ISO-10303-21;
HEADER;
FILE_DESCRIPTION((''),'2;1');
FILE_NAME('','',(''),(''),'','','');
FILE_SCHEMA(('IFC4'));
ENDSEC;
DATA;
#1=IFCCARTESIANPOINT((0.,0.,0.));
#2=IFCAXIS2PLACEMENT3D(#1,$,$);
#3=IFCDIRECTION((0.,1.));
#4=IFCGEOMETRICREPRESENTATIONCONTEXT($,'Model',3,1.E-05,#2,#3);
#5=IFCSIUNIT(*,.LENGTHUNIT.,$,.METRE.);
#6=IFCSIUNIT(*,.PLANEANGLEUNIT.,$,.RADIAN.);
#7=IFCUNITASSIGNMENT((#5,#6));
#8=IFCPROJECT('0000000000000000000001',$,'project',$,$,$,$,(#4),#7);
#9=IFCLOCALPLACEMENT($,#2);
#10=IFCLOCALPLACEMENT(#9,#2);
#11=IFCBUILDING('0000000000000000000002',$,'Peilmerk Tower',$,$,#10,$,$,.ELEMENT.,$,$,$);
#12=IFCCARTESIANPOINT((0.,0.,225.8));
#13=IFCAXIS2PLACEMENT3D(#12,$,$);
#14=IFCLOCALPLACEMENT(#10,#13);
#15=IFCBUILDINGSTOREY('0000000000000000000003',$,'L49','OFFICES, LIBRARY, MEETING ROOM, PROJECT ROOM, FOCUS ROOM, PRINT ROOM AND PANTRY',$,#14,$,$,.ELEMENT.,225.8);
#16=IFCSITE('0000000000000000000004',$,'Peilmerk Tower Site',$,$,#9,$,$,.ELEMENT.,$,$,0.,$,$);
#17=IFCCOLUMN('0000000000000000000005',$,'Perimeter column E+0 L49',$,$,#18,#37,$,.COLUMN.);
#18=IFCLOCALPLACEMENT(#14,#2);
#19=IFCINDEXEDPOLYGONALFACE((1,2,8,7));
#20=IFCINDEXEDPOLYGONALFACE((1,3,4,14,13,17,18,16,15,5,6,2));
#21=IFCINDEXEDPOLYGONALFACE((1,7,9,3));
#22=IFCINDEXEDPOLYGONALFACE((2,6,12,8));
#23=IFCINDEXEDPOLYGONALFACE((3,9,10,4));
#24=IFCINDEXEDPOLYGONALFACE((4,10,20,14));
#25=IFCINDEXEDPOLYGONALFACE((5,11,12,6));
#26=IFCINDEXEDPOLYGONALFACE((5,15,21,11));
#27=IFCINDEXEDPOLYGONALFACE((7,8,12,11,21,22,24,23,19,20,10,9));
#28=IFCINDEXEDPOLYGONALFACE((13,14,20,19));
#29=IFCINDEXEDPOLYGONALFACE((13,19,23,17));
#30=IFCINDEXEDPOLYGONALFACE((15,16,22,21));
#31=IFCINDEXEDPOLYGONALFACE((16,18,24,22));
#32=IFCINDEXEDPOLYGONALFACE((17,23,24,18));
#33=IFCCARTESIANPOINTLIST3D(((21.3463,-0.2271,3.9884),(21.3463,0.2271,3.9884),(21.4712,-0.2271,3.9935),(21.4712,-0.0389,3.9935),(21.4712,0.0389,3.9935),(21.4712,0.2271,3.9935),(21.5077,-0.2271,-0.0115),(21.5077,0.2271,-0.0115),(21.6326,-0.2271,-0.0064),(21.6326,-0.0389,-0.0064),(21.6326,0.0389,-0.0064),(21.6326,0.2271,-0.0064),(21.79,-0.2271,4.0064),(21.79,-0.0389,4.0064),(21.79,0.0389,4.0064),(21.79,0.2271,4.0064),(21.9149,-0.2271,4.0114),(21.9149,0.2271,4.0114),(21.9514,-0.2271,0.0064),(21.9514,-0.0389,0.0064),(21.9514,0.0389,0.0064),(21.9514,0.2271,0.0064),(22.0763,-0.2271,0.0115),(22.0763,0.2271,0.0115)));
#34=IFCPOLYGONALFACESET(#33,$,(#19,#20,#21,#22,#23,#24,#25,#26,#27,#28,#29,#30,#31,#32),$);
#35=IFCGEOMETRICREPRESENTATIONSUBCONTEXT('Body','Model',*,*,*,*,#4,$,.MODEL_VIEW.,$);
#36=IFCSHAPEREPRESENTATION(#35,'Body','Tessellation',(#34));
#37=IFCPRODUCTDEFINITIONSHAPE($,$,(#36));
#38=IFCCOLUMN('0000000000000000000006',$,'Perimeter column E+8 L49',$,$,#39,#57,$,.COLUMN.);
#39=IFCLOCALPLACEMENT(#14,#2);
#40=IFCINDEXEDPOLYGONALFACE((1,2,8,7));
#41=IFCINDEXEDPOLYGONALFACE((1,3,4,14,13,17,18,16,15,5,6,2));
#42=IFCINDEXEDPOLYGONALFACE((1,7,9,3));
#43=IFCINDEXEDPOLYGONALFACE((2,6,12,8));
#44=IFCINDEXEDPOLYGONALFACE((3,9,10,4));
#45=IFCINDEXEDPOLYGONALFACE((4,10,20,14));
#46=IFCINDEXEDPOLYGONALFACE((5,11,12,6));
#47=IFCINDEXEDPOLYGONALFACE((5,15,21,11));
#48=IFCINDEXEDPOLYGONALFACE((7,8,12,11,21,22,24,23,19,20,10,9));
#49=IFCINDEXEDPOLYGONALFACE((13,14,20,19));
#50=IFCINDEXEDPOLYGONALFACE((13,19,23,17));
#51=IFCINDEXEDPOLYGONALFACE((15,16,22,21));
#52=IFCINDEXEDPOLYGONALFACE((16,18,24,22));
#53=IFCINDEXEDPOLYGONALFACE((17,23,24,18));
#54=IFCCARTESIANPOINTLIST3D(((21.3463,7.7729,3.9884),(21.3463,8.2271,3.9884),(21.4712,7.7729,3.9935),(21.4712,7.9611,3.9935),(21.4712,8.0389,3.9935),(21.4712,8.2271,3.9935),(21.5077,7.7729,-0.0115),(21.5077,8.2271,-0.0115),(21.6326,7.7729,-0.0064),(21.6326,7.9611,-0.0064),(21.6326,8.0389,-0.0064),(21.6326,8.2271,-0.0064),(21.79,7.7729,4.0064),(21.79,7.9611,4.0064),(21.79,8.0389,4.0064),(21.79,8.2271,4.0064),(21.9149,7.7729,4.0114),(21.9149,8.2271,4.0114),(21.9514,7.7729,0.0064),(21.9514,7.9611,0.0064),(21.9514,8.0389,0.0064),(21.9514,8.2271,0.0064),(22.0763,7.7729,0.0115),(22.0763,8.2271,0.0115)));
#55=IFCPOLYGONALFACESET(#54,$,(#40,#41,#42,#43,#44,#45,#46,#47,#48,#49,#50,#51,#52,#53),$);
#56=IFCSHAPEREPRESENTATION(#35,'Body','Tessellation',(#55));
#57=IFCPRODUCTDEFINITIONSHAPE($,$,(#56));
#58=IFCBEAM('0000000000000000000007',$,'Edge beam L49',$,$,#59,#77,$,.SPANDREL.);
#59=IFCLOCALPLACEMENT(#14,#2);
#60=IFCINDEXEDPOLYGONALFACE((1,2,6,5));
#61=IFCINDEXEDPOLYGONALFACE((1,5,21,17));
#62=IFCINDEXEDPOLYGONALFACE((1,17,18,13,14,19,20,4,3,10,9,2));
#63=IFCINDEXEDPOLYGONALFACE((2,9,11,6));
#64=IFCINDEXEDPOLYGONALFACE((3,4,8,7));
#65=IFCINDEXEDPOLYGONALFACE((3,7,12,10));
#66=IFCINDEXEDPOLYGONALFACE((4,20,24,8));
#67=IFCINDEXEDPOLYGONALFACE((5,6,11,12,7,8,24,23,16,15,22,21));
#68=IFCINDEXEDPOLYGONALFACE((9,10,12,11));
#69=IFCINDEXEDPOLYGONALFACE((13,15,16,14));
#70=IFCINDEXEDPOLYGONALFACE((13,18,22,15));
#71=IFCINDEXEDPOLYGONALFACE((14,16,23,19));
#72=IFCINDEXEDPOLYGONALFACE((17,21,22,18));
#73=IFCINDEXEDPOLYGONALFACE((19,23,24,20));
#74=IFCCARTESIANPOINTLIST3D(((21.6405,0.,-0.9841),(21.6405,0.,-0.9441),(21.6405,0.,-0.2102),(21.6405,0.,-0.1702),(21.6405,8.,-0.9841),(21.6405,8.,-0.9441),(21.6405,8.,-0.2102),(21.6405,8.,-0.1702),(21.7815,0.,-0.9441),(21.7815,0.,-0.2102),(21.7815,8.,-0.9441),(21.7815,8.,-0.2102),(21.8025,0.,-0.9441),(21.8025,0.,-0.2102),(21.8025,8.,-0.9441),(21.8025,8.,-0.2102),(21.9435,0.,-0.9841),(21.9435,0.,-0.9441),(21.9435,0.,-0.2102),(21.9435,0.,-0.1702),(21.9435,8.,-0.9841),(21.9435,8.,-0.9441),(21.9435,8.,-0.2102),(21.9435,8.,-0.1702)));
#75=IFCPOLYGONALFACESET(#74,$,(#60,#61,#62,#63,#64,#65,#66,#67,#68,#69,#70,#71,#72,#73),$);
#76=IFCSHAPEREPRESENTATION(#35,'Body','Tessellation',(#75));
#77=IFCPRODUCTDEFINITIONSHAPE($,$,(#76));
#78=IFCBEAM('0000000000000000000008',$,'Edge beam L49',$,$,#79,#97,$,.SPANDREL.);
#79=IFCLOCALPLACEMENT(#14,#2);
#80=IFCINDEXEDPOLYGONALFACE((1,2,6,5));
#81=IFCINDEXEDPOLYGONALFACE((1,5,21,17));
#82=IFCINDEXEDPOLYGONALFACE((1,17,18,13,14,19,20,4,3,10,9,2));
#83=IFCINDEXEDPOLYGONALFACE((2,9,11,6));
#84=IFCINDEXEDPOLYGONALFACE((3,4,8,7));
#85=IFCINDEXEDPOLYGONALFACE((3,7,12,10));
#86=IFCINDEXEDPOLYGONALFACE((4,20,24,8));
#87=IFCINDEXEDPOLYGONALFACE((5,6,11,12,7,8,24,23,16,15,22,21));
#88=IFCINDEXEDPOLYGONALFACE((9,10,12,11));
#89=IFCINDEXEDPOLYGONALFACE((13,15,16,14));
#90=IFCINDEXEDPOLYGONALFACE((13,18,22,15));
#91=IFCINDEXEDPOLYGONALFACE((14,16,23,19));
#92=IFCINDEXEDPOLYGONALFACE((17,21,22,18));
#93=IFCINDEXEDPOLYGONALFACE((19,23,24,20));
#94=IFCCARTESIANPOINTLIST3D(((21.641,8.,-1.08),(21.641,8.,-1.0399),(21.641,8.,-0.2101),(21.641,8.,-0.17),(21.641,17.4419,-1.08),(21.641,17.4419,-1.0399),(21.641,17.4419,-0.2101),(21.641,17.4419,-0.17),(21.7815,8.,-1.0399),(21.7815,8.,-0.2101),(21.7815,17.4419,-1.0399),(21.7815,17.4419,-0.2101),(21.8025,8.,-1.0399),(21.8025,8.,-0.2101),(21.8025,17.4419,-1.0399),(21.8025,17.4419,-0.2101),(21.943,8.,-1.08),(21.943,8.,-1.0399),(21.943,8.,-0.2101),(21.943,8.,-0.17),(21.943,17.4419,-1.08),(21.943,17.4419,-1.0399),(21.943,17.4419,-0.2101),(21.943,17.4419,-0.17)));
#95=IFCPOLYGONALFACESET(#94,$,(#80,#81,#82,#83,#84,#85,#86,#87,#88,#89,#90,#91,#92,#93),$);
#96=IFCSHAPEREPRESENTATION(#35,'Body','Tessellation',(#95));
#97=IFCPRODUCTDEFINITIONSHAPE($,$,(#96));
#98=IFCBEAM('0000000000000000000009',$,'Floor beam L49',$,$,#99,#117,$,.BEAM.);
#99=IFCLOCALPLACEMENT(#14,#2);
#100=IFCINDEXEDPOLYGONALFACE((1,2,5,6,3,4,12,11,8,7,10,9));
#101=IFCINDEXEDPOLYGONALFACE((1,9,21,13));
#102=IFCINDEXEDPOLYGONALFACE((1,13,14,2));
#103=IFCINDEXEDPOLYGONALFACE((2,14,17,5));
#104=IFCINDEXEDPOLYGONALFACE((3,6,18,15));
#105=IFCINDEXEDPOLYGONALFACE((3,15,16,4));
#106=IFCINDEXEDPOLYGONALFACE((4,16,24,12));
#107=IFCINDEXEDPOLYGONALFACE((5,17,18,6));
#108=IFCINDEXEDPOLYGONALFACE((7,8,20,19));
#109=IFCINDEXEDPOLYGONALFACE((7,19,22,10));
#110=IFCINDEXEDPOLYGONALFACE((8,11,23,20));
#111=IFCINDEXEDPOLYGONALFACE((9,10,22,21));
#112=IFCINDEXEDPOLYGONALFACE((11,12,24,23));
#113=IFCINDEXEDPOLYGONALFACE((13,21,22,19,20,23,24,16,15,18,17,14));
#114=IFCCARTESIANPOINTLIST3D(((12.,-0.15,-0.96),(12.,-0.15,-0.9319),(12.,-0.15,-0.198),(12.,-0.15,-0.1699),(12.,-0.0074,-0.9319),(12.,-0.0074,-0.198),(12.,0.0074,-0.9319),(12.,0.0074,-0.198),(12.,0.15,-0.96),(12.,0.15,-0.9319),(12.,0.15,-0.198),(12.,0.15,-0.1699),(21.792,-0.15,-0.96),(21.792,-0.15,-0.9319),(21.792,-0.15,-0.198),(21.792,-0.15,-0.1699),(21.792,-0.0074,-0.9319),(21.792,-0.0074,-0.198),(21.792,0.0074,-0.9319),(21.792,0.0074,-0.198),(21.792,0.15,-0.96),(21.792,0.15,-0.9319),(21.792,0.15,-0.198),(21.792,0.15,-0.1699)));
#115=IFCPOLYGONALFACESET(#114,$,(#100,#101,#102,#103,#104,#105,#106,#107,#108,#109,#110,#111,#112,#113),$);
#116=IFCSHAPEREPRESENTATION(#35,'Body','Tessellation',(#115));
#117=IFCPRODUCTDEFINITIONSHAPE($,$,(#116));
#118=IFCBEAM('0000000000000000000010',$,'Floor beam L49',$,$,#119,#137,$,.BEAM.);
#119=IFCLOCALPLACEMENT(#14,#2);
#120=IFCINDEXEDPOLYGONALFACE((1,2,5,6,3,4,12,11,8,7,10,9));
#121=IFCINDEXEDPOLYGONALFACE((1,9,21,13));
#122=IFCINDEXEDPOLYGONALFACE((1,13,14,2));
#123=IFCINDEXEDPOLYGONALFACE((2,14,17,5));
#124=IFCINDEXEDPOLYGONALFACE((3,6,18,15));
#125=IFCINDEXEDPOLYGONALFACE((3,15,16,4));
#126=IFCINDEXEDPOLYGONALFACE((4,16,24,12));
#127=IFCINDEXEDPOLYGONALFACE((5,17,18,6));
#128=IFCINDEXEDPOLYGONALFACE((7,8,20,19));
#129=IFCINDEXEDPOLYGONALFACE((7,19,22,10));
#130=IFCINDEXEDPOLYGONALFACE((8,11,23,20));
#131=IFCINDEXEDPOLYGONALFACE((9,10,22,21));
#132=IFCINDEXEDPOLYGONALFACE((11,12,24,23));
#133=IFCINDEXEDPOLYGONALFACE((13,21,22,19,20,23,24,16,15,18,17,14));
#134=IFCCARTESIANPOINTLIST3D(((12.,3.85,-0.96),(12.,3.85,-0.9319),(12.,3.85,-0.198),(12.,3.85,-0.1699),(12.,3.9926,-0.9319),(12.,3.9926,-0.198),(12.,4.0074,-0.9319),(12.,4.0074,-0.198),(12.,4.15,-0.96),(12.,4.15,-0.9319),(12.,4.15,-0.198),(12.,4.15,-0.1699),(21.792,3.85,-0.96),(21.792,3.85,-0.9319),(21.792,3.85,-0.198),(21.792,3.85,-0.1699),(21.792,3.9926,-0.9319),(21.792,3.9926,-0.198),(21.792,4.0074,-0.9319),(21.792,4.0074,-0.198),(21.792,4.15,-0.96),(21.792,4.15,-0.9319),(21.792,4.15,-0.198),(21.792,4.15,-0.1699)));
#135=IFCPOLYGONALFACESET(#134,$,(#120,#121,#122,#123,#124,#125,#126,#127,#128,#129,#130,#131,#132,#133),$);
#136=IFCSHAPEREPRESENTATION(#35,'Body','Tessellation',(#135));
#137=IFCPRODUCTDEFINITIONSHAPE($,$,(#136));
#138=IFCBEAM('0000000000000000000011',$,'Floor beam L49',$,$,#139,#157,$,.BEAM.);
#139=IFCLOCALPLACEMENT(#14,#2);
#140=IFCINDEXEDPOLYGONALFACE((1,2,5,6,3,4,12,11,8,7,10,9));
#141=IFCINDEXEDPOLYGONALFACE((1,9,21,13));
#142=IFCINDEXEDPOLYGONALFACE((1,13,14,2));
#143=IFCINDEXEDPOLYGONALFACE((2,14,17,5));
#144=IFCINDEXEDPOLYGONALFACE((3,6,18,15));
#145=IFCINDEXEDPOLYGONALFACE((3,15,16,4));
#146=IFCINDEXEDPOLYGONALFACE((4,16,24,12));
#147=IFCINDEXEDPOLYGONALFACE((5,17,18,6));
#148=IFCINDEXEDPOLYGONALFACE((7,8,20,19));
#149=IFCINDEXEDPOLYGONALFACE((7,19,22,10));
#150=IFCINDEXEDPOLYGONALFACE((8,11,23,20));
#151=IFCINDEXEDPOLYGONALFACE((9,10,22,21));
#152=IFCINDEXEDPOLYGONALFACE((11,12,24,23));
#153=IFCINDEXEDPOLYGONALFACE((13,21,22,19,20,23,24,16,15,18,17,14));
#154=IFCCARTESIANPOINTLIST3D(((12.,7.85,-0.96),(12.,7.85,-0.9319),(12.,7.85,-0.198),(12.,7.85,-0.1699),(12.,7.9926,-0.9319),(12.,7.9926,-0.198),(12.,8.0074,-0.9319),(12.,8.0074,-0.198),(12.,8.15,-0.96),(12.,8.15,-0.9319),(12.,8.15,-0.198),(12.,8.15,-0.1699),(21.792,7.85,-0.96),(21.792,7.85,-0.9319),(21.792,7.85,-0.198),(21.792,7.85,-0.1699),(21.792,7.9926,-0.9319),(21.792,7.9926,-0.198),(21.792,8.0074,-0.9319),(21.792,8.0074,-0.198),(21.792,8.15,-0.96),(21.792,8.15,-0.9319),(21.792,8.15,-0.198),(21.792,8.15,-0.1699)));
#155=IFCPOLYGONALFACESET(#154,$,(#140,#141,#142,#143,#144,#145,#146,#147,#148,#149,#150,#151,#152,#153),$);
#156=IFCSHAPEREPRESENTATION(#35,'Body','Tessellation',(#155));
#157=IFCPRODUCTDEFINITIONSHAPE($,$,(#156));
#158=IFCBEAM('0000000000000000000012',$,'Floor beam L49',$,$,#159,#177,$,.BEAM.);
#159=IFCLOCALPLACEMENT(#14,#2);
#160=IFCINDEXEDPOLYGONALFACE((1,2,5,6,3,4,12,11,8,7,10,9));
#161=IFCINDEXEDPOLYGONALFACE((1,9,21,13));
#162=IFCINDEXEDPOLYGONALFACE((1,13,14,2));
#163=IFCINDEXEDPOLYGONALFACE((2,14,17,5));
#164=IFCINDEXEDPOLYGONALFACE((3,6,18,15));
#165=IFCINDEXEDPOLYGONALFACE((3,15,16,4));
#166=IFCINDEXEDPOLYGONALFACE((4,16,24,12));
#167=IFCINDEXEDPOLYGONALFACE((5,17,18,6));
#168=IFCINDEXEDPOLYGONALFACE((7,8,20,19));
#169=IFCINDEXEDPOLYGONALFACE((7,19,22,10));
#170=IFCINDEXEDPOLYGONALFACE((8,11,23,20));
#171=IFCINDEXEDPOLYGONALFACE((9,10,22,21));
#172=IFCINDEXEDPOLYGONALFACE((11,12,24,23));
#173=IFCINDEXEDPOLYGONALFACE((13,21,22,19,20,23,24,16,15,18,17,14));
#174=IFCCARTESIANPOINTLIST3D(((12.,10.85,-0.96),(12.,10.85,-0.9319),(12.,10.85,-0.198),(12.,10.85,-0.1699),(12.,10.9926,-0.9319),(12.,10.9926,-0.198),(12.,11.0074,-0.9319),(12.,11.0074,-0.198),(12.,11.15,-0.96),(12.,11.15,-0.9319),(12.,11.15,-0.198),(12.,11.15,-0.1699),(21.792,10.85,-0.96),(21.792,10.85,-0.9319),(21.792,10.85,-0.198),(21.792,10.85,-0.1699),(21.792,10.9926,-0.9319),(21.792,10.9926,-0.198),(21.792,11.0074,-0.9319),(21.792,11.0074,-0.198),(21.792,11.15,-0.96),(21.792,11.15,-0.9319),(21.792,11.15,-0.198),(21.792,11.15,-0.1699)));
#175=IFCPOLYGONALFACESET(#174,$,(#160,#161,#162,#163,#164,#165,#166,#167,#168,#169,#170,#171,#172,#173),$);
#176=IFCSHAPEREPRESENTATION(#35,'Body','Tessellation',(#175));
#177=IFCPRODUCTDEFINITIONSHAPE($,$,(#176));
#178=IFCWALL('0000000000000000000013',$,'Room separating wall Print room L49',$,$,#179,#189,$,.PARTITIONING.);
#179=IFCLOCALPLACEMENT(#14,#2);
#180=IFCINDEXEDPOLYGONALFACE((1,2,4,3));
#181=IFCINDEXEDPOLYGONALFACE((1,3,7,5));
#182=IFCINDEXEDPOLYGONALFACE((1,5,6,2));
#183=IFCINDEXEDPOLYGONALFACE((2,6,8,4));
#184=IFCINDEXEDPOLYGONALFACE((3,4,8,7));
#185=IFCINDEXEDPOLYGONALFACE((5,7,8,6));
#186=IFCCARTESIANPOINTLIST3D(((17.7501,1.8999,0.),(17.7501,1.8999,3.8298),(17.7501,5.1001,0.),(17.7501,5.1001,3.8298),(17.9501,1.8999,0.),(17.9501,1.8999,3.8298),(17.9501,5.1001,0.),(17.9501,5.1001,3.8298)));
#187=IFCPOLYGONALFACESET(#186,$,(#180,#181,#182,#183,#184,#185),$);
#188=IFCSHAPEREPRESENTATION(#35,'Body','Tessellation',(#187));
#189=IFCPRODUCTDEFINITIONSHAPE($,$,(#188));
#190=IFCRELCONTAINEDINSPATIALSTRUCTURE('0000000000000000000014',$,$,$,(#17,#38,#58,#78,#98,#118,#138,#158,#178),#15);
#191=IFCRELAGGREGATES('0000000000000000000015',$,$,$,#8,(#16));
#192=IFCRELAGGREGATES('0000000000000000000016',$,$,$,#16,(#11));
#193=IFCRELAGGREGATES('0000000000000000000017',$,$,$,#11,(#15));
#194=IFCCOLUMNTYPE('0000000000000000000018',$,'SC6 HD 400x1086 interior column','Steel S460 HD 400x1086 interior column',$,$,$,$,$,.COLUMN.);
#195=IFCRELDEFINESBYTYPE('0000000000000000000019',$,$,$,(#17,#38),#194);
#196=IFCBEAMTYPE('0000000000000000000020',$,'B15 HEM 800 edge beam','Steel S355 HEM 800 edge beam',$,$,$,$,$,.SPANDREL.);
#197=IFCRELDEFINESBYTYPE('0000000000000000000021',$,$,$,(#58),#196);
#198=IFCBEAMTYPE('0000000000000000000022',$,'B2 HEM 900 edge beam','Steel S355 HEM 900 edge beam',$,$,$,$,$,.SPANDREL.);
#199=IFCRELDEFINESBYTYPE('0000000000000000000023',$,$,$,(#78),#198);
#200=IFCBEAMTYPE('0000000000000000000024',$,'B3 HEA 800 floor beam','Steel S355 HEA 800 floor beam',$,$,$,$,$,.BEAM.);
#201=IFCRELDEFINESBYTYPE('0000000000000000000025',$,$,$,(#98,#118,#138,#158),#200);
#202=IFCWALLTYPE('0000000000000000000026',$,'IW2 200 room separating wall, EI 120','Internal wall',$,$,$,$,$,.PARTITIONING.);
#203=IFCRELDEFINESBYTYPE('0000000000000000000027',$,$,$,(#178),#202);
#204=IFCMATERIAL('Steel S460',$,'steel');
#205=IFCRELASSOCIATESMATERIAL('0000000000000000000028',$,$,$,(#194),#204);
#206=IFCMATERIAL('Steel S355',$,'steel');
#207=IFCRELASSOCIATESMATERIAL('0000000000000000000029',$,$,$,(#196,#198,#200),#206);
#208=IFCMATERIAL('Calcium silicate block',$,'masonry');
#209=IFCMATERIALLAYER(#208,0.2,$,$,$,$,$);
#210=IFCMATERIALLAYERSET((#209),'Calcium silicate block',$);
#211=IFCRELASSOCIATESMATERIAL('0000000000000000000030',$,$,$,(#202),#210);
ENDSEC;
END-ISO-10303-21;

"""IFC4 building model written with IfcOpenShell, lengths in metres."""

from ifc_helpers import new_model, si_unit, direction, frame, frame_2d, origin, origin_2d, place, context, subcontext, project, spatial, rectangle, i_section, extrude, material, layer, layer_set, material_profile, profile_set, type_object, element, save


model = new_model("IFC4")

# Units and contexts
model_context = context("Model", 3, precision=1e-05, world=origin(), true_north=direction((0.0, 1.0)))
body_context = subcontext(model_context, "Body", "Model", "MODEL_VIEW")
ifc_project = project(units=[si_unit("LENGTHUNIT", "METRE"), si_unit("PLANEANGLEUNIT", "RADIAN")], contexts=[model_context])

# Site, building, storey
site_placement = place(None, origin())
site = spatial("IfcSite", under=ifc_project, at=site_placement, Name="Peilmerk Tower Site", CompositionType="ELEMENT", RefElevation=0.0)
building_placement = place(site_placement, origin())
building = spatial("IfcBuilding", under=site, at=building_placement, Name="Peilmerk Tower", CompositionType="ELEMENT")
storey_placement = place(building_placement, frame((0.0, 0.0, 225.8)))
storey = spatial("IfcBuildingStorey", under=building, at=storey_placement, Name="L49", Description="OFFICES, LIBRARY, MEETING ROOM, PROJECT ROOM, FOCUS ROOM, PRINT ROOM AND PANTRY", CompositionType="ELEMENT", Elevation=225.8)

# Columns
ifc_material_1 = material(Name="Steel S460", Category="steel")
ifc_material_profile_1 = material_profile(ifc_material_1, i_section(OverallWidth=0.4541, OverallDepth=0.5691, WebThickness=0.0779, FlangeThickness=0.125, at=origin_2d()), Name="HD 400x1086")
ifc_profile_set_1 = profile_set([ifc_material_profile_1], Name="Steel S460")
column_type = type_object("IfcColumnType", Name="SC6 HD 400x1086 interior column", Description="Steel S460 HD 400x1086 interior column", PredefinedType="COLUMN", material=ifc_profile_set_1)
for number, where, z_axis, x_axis, name in (
    (1, (21.792, 0.0, 0.0), (-0.040311, 0.0, 0.999187), (0.0, -1.0, 0.0), "Perimeter column E+0 L49"),
    (2, (21.792, 8.0, 0.0), (-0.040311, 0.0, 0.999187), (0.0, -1.0, 0.0), "Perimeter column E+8 L49"),
):
    element("IfcColumn", number, at=place(storey_placement, frame(where, z_axis=z_axis, x_axis=x_axis)), inside=storey, type_object=column_type, Name=name, PredefinedType="COLUMN", context=body_context, shape_type="SweptSolid", body=[
        extrude(i_section(OverallWidth=0.4541, OverallDepth=0.5691, WebThickness=0.0779, FlangeThickness=0.125, at=origin_2d()), origin(), (0.0, 0.0, 1.0), 4.0032),
    ])

# Beams
ifc_material_2 = material(Name="Steel S355", Category="steel")
ifc_material_profile_2 = material_profile(ifc_material_2, i_section(OverallWidth=0.303, OverallDepth=0.814, WebThickness=0.021, FlangeThickness=0.04, at=origin_2d()), Name="HEM 800")
ifc_profile_set_2 = profile_set([ifc_material_profile_2], Name="Steel S355")
beam_type_1 = type_object("IfcBeamType", Name="B15 HEM 800 edge beam", Description="Steel S355 HEM 800 edge beam", PredefinedType="SPANDREL", material=ifc_profile_set_2)
beam_1_placement = place(storey_placement, frame((21.792, 0.0, -0.5771), z_axis=(0.0, 1.0, 0.0), x_axis=(-1.0, 0.0, 0.0)))
element("IfcBeam", 3, at=beam_1_placement, inside=storey, type_object=beam_type_1, Name="Edge beam L49", PredefinedType="SPANDREL", context=body_context, shape_type="SweptSolid", body=[
    extrude(i_section(OverallWidth=0.303, OverallDepth=0.814, WebThickness=0.021, FlangeThickness=0.04, at=origin_2d()), origin(), (0.0, 0.0, 1.0), 8.0),
])
ifc_material_profile_3 = material_profile(ifc_material_2, i_section(OverallWidth=0.302, OverallDepth=0.9099, WebThickness=0.021, FlangeThickness=0.04, at=origin_2d()), Name="HEM 900")
ifc_profile_set_3 = profile_set([ifc_material_profile_3], Name="Steel S355")
beam_type_2 = type_object("IfcBeamType", Name="B2 HEM 900 edge beam", Description="Steel S355 HEM 900 edge beam", PredefinedType="SPANDREL", material=ifc_profile_set_3)
beam_2_placement = place(storey_placement, frame((21.792, 8.0, -0.625), z_axis=(0.0, 1.0, 0.0), x_axis=(-1.0, 0.0, 0.0)))
element("IfcBeam", 4, at=beam_2_placement, inside=storey, type_object=beam_type_2, Name="Edge beam L49", PredefinedType="SPANDREL", context=body_context, shape_type="SweptSolid", body=[
    extrude(i_section(OverallWidth=0.302, OverallDepth=0.9099, WebThickness=0.021, FlangeThickness=0.04, at=origin_2d()), origin(), (0.0, 0.0, 1.0), 9.4419),
])
ifc_material_profile_4 = material_profile(ifc_material_2, i_section(OverallWidth=0.3, OverallDepth=0.79, WebThickness=0.0149, FlangeThickness=0.0281, at=origin_2d()), Name="HEA 800")
ifc_profile_set_4 = profile_set([ifc_material_profile_4], Name="Steel S355")
beam_type_3 = type_object("IfcBeamType", Name="B3 HEA 800 floor beam", Description="Steel S355 HEA 800 floor beam", PredefinedType="BEAM", material=ifc_profile_set_4)
for number, where, z_axis, x_axis, name in (
    (5, (12.0, 0.0, -0.5649), (1.0, 0.0, 0.0), (0.0, 1.0, 0.0), "Floor beam L49"),
    (6, (12.0, 4.0, -0.5649), (1.0, 0.0, 0.0), (0.0, 1.0, 0.0), "Floor beam L49"),
    (7, (12.0, 8.0, -0.5649), (1.0, 0.0, 0.0), (0.0, 1.0, 0.0), "Floor beam L49"),
    (8, (12.0, 11.0, -0.5649), (1.0, 0.0, 0.0), (0.0, 1.0, 0.0), "Floor beam L49"),
):
    element("IfcBeam", number, at=place(storey_placement, frame(where, z_axis=z_axis, x_axis=x_axis)), inside=storey, type_object=beam_type_3, Name=name, PredefinedType="BEAM", context=body_context, shape_type="SweptSolid", body=[
        extrude(i_section(OverallWidth=0.3, OverallDepth=0.79, WebThickness=0.0149, FlangeThickness=0.0281, at=origin_2d()), origin(), (0.0, 0.0, 1.0), 9.792),
    ])

# Wall
ifc_material_3 = material(Name="Calcium silicate block", Category="masonry")
ifc_layer_1 = layer(ifc_material_3, 0.2)
ifc_layer_set_1 = layer_set([ifc_layer_1], Name="Calcium silicate block")
wall_type_1 = type_object("IfcWallType", Name="IW2 200 room separating wall, EI 120", Description="Internal wall", PredefinedType="PARTITIONING", material=ifc_layer_set_1)
wall_1_placement = place(storey_placement, frame((17.8501, 1.8999, 0.0), z_axis=(0.0, 0.0, 1.0), x_axis=(0.0, 1.0, 0.0)))
element("IfcWall", 9, at=wall_1_placement, inside=storey, type_object=wall_type_1, Name="Room separating wall Print room L49", PredefinedType="PARTITIONING", context=body_context, shape_type="SweptSolid", body=[
    extrude(rectangle(XDim=3.2002, YDim=0.2, at=frame_2d((1.6001, 0.0))), origin(), (0.0, 0.0, 1.0), 3.8298),
])

save(model, "model.ifc")
